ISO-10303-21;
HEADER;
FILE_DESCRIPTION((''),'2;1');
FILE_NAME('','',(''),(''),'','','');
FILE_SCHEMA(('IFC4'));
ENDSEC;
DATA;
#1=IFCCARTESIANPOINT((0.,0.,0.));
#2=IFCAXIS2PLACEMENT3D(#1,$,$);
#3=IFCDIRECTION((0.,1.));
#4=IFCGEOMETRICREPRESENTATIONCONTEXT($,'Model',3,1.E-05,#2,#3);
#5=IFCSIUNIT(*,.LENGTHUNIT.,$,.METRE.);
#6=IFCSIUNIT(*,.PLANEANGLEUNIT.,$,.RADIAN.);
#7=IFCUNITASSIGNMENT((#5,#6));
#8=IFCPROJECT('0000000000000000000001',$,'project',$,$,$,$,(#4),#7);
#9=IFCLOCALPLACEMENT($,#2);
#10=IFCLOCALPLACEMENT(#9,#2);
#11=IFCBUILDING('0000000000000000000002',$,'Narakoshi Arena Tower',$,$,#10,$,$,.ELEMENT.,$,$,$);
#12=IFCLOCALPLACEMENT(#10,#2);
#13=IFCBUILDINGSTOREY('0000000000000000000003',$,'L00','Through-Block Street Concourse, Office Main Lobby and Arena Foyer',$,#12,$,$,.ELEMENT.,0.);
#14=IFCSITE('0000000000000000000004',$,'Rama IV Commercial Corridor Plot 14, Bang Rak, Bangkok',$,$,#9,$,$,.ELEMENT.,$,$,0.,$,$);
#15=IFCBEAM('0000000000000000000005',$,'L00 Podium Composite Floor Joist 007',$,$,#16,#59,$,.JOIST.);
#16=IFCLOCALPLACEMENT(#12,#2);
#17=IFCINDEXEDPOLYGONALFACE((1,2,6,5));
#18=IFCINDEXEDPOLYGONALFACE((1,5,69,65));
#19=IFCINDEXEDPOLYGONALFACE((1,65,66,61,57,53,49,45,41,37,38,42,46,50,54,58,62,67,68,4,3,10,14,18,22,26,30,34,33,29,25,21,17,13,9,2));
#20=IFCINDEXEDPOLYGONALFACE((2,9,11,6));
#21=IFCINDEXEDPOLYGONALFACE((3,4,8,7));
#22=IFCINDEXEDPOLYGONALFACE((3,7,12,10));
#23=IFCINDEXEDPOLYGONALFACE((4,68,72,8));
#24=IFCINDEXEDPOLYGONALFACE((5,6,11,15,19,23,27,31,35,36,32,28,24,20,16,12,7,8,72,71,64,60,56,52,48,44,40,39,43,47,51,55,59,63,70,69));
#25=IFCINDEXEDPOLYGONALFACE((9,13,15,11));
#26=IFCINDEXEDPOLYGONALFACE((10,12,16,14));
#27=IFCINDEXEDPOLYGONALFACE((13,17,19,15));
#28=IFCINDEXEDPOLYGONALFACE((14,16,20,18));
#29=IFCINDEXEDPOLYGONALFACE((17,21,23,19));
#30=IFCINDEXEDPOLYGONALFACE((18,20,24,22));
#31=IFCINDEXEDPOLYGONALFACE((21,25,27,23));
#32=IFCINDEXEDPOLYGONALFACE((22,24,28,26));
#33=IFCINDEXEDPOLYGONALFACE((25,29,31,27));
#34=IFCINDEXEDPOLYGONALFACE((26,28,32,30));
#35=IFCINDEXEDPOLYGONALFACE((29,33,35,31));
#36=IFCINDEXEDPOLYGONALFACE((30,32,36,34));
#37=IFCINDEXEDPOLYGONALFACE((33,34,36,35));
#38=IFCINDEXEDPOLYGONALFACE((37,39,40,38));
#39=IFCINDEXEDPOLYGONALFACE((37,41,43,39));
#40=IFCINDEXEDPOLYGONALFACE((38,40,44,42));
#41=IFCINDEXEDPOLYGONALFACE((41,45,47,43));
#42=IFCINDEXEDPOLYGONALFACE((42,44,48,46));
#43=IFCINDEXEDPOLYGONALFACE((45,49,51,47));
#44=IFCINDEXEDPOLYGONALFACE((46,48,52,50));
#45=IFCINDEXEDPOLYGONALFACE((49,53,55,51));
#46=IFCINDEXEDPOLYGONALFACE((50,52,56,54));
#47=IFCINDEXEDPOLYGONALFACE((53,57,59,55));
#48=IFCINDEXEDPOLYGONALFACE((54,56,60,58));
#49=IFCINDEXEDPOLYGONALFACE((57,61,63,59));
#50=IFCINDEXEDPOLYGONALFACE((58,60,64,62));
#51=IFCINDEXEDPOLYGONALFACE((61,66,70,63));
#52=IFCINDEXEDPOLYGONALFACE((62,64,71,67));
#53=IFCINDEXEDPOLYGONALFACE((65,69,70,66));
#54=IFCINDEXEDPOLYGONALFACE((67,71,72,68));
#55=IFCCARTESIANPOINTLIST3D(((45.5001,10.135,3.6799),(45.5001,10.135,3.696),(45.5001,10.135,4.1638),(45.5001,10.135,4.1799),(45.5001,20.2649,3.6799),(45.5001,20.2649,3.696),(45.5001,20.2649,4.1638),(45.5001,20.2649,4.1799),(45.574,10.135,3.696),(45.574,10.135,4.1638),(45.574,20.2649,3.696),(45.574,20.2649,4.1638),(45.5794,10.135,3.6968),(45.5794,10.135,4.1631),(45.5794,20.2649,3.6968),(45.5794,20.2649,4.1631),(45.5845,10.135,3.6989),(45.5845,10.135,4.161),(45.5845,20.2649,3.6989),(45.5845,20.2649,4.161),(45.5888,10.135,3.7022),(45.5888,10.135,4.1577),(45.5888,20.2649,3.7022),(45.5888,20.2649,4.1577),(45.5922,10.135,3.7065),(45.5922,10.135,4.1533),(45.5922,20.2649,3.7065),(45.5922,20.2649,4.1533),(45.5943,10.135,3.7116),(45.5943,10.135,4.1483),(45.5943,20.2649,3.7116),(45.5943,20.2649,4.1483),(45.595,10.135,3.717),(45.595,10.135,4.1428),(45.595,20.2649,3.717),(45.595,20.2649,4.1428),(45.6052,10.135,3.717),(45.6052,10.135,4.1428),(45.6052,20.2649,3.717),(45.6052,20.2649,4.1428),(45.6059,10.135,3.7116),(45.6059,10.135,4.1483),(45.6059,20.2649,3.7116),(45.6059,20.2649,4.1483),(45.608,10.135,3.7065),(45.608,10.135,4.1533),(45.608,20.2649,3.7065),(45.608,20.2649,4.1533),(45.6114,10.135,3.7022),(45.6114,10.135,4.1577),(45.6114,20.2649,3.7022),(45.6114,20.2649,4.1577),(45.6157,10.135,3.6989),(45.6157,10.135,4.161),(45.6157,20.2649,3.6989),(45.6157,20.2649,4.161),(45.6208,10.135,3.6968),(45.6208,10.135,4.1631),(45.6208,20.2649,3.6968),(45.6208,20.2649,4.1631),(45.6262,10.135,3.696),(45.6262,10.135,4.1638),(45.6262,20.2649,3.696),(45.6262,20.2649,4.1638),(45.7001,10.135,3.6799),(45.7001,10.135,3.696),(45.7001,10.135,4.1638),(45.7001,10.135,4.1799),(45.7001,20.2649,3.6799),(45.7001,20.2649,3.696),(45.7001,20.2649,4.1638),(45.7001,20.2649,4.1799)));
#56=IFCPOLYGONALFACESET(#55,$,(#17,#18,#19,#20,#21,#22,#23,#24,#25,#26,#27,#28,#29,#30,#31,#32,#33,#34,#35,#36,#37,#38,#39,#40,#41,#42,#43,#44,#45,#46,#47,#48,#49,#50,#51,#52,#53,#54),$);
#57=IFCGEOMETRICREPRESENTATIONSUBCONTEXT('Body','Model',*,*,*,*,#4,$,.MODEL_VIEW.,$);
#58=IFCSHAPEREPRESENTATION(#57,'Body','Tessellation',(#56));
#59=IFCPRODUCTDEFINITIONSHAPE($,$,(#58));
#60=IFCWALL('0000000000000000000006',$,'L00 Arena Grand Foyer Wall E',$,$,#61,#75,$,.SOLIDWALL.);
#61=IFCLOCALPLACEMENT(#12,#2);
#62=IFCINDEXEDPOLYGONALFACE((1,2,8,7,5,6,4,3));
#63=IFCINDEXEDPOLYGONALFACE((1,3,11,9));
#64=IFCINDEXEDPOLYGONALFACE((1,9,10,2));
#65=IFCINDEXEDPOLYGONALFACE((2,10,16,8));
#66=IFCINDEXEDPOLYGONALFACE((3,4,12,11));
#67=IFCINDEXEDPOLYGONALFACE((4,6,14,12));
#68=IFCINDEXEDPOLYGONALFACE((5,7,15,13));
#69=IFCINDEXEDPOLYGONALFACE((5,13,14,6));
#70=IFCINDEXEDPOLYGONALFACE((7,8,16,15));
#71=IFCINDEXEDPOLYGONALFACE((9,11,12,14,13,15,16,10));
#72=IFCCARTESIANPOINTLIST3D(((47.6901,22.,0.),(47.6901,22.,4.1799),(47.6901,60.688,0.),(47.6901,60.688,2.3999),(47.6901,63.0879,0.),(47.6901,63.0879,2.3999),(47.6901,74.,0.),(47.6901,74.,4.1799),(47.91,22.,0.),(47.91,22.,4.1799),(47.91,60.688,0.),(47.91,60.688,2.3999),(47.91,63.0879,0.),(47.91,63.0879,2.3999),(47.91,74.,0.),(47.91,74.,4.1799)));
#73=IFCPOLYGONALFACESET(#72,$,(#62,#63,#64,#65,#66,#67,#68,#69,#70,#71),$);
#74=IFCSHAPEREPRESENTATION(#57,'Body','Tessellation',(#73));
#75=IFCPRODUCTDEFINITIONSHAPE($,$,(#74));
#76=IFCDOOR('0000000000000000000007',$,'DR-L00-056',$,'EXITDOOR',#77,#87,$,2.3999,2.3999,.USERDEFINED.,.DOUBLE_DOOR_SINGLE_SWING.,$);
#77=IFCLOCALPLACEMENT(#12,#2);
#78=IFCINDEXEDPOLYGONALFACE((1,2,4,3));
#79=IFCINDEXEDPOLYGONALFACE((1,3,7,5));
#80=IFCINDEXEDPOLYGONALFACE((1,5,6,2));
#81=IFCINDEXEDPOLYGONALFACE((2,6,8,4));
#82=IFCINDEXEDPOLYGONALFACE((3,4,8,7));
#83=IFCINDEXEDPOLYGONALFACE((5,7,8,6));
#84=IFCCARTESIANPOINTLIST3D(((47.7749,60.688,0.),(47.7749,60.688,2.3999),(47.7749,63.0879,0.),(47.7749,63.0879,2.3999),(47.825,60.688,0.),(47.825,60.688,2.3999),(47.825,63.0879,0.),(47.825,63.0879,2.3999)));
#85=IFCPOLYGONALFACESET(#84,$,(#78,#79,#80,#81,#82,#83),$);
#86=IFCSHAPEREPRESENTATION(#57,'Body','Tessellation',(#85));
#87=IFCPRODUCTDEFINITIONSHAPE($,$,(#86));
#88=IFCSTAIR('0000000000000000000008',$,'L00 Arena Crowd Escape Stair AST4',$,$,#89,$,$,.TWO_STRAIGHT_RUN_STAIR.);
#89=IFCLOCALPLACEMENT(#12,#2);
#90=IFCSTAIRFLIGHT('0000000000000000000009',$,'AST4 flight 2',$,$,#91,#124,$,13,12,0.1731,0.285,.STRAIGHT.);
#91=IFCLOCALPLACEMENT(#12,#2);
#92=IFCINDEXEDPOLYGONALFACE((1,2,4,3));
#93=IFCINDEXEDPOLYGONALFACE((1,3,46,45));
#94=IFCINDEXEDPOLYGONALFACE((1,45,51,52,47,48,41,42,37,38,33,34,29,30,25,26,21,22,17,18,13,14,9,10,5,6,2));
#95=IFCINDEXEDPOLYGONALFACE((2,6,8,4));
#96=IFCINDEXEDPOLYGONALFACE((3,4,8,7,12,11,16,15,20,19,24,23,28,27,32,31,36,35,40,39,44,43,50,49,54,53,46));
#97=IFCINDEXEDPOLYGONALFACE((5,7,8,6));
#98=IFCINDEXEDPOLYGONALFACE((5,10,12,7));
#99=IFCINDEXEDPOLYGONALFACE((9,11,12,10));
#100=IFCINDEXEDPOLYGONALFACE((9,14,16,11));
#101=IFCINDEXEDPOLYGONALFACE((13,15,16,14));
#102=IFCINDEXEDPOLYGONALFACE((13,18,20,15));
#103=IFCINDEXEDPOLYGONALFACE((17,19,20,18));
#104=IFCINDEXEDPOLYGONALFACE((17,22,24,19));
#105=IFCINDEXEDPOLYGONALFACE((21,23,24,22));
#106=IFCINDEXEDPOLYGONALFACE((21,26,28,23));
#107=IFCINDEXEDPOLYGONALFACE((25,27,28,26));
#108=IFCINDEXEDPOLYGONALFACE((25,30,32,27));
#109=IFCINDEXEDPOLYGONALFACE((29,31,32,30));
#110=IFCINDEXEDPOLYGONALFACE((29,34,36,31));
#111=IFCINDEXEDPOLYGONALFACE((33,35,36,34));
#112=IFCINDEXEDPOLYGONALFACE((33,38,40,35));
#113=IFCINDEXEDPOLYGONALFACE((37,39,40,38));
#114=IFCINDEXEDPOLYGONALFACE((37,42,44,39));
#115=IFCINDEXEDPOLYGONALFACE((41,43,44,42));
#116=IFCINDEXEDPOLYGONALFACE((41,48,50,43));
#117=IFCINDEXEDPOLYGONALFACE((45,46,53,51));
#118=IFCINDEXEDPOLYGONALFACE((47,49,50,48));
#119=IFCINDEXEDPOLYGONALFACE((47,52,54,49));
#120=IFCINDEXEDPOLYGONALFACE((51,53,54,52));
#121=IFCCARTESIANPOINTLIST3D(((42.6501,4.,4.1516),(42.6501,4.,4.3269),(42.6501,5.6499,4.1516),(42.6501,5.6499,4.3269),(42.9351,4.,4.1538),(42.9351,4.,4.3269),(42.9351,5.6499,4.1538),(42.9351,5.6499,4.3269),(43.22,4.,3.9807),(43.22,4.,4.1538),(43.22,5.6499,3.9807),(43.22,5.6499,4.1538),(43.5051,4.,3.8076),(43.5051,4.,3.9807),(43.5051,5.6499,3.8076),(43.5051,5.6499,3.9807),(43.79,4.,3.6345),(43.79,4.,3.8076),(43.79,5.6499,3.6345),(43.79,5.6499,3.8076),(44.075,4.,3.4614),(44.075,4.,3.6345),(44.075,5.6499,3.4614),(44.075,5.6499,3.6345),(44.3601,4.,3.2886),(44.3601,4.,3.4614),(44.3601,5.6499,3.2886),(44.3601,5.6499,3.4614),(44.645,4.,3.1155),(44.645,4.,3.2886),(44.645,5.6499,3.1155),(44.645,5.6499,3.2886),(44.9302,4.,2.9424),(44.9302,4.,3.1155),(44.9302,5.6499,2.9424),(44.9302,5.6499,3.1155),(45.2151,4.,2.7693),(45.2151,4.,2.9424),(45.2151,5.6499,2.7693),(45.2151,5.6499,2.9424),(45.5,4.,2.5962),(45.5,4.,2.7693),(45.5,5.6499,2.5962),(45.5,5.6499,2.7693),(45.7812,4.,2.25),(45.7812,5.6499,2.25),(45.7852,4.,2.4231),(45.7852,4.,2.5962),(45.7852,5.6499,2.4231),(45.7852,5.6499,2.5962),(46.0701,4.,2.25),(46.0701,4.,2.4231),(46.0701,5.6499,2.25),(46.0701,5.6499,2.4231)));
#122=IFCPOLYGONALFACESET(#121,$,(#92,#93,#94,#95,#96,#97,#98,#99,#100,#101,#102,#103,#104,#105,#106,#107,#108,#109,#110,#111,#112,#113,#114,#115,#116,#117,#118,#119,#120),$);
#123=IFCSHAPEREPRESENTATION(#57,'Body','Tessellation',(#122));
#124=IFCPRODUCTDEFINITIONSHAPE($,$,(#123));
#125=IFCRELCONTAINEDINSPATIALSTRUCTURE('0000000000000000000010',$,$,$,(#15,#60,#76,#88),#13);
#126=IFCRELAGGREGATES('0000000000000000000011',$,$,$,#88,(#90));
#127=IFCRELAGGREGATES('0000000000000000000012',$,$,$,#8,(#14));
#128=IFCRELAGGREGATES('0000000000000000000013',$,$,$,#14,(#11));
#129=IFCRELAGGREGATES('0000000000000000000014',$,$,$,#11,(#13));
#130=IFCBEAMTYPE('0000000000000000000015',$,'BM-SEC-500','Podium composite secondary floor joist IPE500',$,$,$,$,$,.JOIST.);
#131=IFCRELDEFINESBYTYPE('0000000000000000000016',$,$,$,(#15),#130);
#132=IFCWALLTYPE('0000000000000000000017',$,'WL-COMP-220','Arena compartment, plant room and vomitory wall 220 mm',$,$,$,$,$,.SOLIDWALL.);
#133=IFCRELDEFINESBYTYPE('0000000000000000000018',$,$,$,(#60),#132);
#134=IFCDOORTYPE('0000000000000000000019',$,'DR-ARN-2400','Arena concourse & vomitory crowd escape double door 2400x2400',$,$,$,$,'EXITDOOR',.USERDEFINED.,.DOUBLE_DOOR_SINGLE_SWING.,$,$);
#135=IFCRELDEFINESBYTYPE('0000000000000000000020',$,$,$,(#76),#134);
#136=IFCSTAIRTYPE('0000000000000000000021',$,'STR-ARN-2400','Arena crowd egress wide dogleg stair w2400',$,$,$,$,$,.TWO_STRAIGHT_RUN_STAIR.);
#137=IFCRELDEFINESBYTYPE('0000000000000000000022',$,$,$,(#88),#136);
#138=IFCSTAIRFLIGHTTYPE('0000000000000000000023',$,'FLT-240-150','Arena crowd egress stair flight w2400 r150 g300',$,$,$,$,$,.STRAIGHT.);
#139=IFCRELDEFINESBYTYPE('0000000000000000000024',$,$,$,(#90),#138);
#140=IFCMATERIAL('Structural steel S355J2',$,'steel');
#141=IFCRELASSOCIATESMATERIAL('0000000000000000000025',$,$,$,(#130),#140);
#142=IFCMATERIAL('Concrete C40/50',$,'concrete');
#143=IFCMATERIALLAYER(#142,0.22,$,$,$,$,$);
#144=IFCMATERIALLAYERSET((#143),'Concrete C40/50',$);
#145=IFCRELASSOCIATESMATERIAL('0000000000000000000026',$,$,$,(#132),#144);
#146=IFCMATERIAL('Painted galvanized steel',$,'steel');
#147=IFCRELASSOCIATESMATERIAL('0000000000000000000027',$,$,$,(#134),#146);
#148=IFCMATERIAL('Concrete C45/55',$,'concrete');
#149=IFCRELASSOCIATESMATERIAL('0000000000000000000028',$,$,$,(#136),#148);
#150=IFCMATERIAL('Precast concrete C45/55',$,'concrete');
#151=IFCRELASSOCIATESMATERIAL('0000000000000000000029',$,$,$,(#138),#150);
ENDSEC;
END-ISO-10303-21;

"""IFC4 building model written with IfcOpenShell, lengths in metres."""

from ifc_helpers import new_model, si_unit, direction, frame, frame_2d, origin, origin_2d, place, context, subcontext, project, spatial, polyline, rectangle, i_section, outline, extrude, material, layer, layer_set, material_profile, profile_set, type_object, element, fill, aggregate, save


model = new_model("IFC4")

# Units and contexts
model_context = context("Model", 3, precision=1e-05, world=origin(), true_north=direction((0.0, 1.0)))
body_context = subcontext(model_context, "Body", "Model", "MODEL_VIEW")
ifc_project = project(units=[si_unit("LENGTHUNIT", "METRE"), si_unit("PLANEANGLEUNIT", "RADIAN")], contexts=[model_context])

# Site, building, storey
site_placement = place(None, origin())
site = spatial("IfcSite", under=ifc_project, at=site_placement, Name="Rama IV Commercial Corridor Plot 14, Bang Rak, Bangkok", CompositionType="ELEMENT", RefElevation=0.0)
building_placement = place(site_placement, origin())
building = spatial("IfcBuilding", under=site, at=building_placement, Name="Narakoshi Arena Tower", CompositionType="ELEMENT")
storey_placement = place(building_placement, origin())
storey = spatial("IfcBuildingStorey", under=building, at=storey_placement, Name="L00", Description="Through-Block Street Concourse, Office Main Lobby and Arena Foyer", CompositionType="ELEMENT", Elevation=0.0)

# Beam
ifc_material_1 = material(Name="Structural steel S355J2", Category="steel")
ifc_material_profile_1 = material_profile(ifc_material_1, i_section(OverallWidth=0.2, OverallDepth=0.5, WebThickness=0.0103, FlangeThickness=0.0161, FilletRadius=0.021, at=origin_2d()), Name="IPE500")
ifc_profile_set_1 = profile_set([ifc_material_profile_1], Name="Structural steel S355J2")
beam_type_1 = type_object("IfcBeamType", Name="BM-SEC-500", Description="Podium composite secondary floor joist IPE500", PredefinedType="JOIST", material=ifc_profile_set_1)
beam_1_placement = place(storey_placement, frame((45.6001, 10.135, 3.9299), z_axis=(0.0, 1.0, 0.0), x_axis=(-1.0, 0.0, 0.0)))
element("IfcBeam", 1, at=beam_1_placement, inside=storey, type_object=beam_type_1, Name="L00 Podium Composite Floor Joist 007", PredefinedType="JOIST", context=body_context, shape_type="SweptSolid", body=[
    extrude(i_section(OverallWidth=0.2, OverallDepth=0.5, WebThickness=0.0103, FlangeThickness=0.0161, FilletRadius=0.021, at=origin_2d()), origin(), (0.0, 0.0, 1.0), 10.1299),
])

# Wall, opening, door
ifc_material_2 = material(Name="Concrete C40/50", Category="concrete")
ifc_layer = layer(ifc_material_2, 0.22)
ifc_layer_set = layer_set([ifc_layer], Name="Concrete C40/50")
wall_type = type_object("IfcWallType", Name="WL-COMP-220", Description="Arena compartment, plant room and vomitory wall 220 mm", PredefinedType="SOLIDWALL", material=ifc_layer_set)
wall_placement = place(storey_placement, frame((47.8, 22.0, 0.0), z_axis=(0.0, 0.0, 1.0), x_axis=(0.0, 1.0, 0.0)))
wall = element("IfcWall", 2, at=wall_placement, inside=storey, type_object=wall_type, Name="L00 Arena Grand Foyer Wall E", PredefinedType="SOLIDWALL", context=body_context, shape_type="SweptSolid", body=[
    extrude(rectangle(XDim=52.0, YDim=0.22, at=frame_2d((26.0, 0.0))), origin(), (0.0, 0.0, 1.0), 4.1799),
])
opening_placement = place(wall_placement, frame((38.688, 0.0, 0.0)))
opening = element("IfcOpeningElement", 3, at=opening_placement, cuts=wall, PredefinedType="OPENING", context=body_context, shape_type="SweptSolid", body=[
    extrude(rectangle(XDim=2.3999, YDim=2.3999, at=frame_2d((1.2, 1.2))), frame((0.0, 0.1199, 0.0), z_axis=(0.0, -1.0, 0.0), x_axis=(1.0, 0.0, 0.0)), (0.0, 0.0, 1.0), 0.24),
])
ifc_material_3 = material(Name="Painted galvanized steel", Category="steel")
door_type = type_object("IfcDoorType", Name="DR-ARN-2400", Description="Arena concourse & vomitory crowd escape double door 2400x2400", ElementType="EXITDOOR", OperationType="DOUBLE_DOOR_SINGLE_SWING", PredefinedType="USERDEFINED", material=ifc_material_3)
door_placement = place(opening_placement, frame((2.3999, 0.0, 0.0), z_axis=(0.0, 0.0, 1.0), x_axis=(-1.0, 0.0, 0.0)))
door = element("IfcDoor", 4, at=door_placement, inside=storey, type_object=door_type, Name="DR-L00-056", ObjectType="EXITDOOR", OperationType="DOUBLE_DOOR_SINGLE_SWING", OverallHeight=2.3999, OverallWidth=2.3999, PredefinedType="USERDEFINED", context=body_context, shape_type="SweptSolid", body=[
    extrude(rectangle(XDim=2.3999, YDim=2.3999, at=frame_2d((1.2, 1.2))), frame((0.0, 0.0249, 0.0), z_axis=(0.0, -1.0, 0.0), x_axis=(1.0, 0.0, 0.0)), (0.0, 0.0, 1.0), 0.05),
])
fill(opening, door)

# Stair, stair flight
ifc_material_4 = material(Name="Concrete C45/55", Category="concrete")
stair_type = type_object("IfcStairType", Name="STR-ARN-2400", Description="Arena crowd egress wide dogleg stair w2400", PredefinedType="TWO_STRAIGHT_RUN_STAIR", material=ifc_material_4)
stair_placement = place(storey_placement, origin())
stair = element("IfcStair", 5, at=stair_placement, inside=storey, type_object=stair_type, Name="L00 Arena Crowd Escape Stair AST4", PredefinedType="TWO_STRAIGHT_RUN_STAIR")
ifc_material_5 = material(Name="Precast concrete C45/55", Category="concrete")
stair_flight_type = type_object("IfcStairFlightType", Name="FLT-240-150", Description="Arena crowd egress stair flight w2400 r150 g300", PredefinedType="STRAIGHT", material=ifc_material_5)
stair_flight_placement = place(storey_placement, frame((46.0701, 4.825, 2.25), z_axis=(0.0, 0.0, 1.0), x_axis=(-1.0, 0.0, 0.0)))
stair_flight = element("IfcStairFlight", 6, at=stair_flight_placement, type_object=stair_flight_type, Name="AST4 flight 2", NumberOfRisers=13, NumberOfTreads=12, PredefinedType="STRAIGHT", RiserHeight=0.1731, TreadLength=0.285, context=body_context, shape_type="SweptSolid", body=[
    extrude(outline(polyline([(0.0, 0.0), (0.0, 0.1731), (0.2849, 0.1731), (0.2849, 0.3462), (0.5701, 0.3462), (0.5701, 0.5193), (0.855, 0.5193), (0.855, 0.6924), (1.1399, 0.6924), (1.1399, 0.8655), (1.425, 0.8655), (1.425, 1.0386), (1.71, 1.0386), (1.71, 1.2114), (1.9951, 1.2114), (1.9951, 1.3845), (2.28, 1.3845), (2.28, 1.5576), (2.5649, 1.5576), (2.5649, 1.7307), (2.8501, 1.7307), (2.8501, 1.9038), (3.135, 1.9038), (3.135, 2.0769), (3.4199, 2.0769), (3.4199, 2.25), (3.4199, 1.9016), (0.2888, 0.0), (0.0, 0.0)])), frame((0.0, 0.825, 0.0), z_axis=(0.0, -1.0, 0.0), x_axis=(1.0, 0.0, 0.0)), (0.0, 0.0, 1.0), 1.6499),
])
aggregate(stair, [stair_flight])

save(model, "model.ifc")
